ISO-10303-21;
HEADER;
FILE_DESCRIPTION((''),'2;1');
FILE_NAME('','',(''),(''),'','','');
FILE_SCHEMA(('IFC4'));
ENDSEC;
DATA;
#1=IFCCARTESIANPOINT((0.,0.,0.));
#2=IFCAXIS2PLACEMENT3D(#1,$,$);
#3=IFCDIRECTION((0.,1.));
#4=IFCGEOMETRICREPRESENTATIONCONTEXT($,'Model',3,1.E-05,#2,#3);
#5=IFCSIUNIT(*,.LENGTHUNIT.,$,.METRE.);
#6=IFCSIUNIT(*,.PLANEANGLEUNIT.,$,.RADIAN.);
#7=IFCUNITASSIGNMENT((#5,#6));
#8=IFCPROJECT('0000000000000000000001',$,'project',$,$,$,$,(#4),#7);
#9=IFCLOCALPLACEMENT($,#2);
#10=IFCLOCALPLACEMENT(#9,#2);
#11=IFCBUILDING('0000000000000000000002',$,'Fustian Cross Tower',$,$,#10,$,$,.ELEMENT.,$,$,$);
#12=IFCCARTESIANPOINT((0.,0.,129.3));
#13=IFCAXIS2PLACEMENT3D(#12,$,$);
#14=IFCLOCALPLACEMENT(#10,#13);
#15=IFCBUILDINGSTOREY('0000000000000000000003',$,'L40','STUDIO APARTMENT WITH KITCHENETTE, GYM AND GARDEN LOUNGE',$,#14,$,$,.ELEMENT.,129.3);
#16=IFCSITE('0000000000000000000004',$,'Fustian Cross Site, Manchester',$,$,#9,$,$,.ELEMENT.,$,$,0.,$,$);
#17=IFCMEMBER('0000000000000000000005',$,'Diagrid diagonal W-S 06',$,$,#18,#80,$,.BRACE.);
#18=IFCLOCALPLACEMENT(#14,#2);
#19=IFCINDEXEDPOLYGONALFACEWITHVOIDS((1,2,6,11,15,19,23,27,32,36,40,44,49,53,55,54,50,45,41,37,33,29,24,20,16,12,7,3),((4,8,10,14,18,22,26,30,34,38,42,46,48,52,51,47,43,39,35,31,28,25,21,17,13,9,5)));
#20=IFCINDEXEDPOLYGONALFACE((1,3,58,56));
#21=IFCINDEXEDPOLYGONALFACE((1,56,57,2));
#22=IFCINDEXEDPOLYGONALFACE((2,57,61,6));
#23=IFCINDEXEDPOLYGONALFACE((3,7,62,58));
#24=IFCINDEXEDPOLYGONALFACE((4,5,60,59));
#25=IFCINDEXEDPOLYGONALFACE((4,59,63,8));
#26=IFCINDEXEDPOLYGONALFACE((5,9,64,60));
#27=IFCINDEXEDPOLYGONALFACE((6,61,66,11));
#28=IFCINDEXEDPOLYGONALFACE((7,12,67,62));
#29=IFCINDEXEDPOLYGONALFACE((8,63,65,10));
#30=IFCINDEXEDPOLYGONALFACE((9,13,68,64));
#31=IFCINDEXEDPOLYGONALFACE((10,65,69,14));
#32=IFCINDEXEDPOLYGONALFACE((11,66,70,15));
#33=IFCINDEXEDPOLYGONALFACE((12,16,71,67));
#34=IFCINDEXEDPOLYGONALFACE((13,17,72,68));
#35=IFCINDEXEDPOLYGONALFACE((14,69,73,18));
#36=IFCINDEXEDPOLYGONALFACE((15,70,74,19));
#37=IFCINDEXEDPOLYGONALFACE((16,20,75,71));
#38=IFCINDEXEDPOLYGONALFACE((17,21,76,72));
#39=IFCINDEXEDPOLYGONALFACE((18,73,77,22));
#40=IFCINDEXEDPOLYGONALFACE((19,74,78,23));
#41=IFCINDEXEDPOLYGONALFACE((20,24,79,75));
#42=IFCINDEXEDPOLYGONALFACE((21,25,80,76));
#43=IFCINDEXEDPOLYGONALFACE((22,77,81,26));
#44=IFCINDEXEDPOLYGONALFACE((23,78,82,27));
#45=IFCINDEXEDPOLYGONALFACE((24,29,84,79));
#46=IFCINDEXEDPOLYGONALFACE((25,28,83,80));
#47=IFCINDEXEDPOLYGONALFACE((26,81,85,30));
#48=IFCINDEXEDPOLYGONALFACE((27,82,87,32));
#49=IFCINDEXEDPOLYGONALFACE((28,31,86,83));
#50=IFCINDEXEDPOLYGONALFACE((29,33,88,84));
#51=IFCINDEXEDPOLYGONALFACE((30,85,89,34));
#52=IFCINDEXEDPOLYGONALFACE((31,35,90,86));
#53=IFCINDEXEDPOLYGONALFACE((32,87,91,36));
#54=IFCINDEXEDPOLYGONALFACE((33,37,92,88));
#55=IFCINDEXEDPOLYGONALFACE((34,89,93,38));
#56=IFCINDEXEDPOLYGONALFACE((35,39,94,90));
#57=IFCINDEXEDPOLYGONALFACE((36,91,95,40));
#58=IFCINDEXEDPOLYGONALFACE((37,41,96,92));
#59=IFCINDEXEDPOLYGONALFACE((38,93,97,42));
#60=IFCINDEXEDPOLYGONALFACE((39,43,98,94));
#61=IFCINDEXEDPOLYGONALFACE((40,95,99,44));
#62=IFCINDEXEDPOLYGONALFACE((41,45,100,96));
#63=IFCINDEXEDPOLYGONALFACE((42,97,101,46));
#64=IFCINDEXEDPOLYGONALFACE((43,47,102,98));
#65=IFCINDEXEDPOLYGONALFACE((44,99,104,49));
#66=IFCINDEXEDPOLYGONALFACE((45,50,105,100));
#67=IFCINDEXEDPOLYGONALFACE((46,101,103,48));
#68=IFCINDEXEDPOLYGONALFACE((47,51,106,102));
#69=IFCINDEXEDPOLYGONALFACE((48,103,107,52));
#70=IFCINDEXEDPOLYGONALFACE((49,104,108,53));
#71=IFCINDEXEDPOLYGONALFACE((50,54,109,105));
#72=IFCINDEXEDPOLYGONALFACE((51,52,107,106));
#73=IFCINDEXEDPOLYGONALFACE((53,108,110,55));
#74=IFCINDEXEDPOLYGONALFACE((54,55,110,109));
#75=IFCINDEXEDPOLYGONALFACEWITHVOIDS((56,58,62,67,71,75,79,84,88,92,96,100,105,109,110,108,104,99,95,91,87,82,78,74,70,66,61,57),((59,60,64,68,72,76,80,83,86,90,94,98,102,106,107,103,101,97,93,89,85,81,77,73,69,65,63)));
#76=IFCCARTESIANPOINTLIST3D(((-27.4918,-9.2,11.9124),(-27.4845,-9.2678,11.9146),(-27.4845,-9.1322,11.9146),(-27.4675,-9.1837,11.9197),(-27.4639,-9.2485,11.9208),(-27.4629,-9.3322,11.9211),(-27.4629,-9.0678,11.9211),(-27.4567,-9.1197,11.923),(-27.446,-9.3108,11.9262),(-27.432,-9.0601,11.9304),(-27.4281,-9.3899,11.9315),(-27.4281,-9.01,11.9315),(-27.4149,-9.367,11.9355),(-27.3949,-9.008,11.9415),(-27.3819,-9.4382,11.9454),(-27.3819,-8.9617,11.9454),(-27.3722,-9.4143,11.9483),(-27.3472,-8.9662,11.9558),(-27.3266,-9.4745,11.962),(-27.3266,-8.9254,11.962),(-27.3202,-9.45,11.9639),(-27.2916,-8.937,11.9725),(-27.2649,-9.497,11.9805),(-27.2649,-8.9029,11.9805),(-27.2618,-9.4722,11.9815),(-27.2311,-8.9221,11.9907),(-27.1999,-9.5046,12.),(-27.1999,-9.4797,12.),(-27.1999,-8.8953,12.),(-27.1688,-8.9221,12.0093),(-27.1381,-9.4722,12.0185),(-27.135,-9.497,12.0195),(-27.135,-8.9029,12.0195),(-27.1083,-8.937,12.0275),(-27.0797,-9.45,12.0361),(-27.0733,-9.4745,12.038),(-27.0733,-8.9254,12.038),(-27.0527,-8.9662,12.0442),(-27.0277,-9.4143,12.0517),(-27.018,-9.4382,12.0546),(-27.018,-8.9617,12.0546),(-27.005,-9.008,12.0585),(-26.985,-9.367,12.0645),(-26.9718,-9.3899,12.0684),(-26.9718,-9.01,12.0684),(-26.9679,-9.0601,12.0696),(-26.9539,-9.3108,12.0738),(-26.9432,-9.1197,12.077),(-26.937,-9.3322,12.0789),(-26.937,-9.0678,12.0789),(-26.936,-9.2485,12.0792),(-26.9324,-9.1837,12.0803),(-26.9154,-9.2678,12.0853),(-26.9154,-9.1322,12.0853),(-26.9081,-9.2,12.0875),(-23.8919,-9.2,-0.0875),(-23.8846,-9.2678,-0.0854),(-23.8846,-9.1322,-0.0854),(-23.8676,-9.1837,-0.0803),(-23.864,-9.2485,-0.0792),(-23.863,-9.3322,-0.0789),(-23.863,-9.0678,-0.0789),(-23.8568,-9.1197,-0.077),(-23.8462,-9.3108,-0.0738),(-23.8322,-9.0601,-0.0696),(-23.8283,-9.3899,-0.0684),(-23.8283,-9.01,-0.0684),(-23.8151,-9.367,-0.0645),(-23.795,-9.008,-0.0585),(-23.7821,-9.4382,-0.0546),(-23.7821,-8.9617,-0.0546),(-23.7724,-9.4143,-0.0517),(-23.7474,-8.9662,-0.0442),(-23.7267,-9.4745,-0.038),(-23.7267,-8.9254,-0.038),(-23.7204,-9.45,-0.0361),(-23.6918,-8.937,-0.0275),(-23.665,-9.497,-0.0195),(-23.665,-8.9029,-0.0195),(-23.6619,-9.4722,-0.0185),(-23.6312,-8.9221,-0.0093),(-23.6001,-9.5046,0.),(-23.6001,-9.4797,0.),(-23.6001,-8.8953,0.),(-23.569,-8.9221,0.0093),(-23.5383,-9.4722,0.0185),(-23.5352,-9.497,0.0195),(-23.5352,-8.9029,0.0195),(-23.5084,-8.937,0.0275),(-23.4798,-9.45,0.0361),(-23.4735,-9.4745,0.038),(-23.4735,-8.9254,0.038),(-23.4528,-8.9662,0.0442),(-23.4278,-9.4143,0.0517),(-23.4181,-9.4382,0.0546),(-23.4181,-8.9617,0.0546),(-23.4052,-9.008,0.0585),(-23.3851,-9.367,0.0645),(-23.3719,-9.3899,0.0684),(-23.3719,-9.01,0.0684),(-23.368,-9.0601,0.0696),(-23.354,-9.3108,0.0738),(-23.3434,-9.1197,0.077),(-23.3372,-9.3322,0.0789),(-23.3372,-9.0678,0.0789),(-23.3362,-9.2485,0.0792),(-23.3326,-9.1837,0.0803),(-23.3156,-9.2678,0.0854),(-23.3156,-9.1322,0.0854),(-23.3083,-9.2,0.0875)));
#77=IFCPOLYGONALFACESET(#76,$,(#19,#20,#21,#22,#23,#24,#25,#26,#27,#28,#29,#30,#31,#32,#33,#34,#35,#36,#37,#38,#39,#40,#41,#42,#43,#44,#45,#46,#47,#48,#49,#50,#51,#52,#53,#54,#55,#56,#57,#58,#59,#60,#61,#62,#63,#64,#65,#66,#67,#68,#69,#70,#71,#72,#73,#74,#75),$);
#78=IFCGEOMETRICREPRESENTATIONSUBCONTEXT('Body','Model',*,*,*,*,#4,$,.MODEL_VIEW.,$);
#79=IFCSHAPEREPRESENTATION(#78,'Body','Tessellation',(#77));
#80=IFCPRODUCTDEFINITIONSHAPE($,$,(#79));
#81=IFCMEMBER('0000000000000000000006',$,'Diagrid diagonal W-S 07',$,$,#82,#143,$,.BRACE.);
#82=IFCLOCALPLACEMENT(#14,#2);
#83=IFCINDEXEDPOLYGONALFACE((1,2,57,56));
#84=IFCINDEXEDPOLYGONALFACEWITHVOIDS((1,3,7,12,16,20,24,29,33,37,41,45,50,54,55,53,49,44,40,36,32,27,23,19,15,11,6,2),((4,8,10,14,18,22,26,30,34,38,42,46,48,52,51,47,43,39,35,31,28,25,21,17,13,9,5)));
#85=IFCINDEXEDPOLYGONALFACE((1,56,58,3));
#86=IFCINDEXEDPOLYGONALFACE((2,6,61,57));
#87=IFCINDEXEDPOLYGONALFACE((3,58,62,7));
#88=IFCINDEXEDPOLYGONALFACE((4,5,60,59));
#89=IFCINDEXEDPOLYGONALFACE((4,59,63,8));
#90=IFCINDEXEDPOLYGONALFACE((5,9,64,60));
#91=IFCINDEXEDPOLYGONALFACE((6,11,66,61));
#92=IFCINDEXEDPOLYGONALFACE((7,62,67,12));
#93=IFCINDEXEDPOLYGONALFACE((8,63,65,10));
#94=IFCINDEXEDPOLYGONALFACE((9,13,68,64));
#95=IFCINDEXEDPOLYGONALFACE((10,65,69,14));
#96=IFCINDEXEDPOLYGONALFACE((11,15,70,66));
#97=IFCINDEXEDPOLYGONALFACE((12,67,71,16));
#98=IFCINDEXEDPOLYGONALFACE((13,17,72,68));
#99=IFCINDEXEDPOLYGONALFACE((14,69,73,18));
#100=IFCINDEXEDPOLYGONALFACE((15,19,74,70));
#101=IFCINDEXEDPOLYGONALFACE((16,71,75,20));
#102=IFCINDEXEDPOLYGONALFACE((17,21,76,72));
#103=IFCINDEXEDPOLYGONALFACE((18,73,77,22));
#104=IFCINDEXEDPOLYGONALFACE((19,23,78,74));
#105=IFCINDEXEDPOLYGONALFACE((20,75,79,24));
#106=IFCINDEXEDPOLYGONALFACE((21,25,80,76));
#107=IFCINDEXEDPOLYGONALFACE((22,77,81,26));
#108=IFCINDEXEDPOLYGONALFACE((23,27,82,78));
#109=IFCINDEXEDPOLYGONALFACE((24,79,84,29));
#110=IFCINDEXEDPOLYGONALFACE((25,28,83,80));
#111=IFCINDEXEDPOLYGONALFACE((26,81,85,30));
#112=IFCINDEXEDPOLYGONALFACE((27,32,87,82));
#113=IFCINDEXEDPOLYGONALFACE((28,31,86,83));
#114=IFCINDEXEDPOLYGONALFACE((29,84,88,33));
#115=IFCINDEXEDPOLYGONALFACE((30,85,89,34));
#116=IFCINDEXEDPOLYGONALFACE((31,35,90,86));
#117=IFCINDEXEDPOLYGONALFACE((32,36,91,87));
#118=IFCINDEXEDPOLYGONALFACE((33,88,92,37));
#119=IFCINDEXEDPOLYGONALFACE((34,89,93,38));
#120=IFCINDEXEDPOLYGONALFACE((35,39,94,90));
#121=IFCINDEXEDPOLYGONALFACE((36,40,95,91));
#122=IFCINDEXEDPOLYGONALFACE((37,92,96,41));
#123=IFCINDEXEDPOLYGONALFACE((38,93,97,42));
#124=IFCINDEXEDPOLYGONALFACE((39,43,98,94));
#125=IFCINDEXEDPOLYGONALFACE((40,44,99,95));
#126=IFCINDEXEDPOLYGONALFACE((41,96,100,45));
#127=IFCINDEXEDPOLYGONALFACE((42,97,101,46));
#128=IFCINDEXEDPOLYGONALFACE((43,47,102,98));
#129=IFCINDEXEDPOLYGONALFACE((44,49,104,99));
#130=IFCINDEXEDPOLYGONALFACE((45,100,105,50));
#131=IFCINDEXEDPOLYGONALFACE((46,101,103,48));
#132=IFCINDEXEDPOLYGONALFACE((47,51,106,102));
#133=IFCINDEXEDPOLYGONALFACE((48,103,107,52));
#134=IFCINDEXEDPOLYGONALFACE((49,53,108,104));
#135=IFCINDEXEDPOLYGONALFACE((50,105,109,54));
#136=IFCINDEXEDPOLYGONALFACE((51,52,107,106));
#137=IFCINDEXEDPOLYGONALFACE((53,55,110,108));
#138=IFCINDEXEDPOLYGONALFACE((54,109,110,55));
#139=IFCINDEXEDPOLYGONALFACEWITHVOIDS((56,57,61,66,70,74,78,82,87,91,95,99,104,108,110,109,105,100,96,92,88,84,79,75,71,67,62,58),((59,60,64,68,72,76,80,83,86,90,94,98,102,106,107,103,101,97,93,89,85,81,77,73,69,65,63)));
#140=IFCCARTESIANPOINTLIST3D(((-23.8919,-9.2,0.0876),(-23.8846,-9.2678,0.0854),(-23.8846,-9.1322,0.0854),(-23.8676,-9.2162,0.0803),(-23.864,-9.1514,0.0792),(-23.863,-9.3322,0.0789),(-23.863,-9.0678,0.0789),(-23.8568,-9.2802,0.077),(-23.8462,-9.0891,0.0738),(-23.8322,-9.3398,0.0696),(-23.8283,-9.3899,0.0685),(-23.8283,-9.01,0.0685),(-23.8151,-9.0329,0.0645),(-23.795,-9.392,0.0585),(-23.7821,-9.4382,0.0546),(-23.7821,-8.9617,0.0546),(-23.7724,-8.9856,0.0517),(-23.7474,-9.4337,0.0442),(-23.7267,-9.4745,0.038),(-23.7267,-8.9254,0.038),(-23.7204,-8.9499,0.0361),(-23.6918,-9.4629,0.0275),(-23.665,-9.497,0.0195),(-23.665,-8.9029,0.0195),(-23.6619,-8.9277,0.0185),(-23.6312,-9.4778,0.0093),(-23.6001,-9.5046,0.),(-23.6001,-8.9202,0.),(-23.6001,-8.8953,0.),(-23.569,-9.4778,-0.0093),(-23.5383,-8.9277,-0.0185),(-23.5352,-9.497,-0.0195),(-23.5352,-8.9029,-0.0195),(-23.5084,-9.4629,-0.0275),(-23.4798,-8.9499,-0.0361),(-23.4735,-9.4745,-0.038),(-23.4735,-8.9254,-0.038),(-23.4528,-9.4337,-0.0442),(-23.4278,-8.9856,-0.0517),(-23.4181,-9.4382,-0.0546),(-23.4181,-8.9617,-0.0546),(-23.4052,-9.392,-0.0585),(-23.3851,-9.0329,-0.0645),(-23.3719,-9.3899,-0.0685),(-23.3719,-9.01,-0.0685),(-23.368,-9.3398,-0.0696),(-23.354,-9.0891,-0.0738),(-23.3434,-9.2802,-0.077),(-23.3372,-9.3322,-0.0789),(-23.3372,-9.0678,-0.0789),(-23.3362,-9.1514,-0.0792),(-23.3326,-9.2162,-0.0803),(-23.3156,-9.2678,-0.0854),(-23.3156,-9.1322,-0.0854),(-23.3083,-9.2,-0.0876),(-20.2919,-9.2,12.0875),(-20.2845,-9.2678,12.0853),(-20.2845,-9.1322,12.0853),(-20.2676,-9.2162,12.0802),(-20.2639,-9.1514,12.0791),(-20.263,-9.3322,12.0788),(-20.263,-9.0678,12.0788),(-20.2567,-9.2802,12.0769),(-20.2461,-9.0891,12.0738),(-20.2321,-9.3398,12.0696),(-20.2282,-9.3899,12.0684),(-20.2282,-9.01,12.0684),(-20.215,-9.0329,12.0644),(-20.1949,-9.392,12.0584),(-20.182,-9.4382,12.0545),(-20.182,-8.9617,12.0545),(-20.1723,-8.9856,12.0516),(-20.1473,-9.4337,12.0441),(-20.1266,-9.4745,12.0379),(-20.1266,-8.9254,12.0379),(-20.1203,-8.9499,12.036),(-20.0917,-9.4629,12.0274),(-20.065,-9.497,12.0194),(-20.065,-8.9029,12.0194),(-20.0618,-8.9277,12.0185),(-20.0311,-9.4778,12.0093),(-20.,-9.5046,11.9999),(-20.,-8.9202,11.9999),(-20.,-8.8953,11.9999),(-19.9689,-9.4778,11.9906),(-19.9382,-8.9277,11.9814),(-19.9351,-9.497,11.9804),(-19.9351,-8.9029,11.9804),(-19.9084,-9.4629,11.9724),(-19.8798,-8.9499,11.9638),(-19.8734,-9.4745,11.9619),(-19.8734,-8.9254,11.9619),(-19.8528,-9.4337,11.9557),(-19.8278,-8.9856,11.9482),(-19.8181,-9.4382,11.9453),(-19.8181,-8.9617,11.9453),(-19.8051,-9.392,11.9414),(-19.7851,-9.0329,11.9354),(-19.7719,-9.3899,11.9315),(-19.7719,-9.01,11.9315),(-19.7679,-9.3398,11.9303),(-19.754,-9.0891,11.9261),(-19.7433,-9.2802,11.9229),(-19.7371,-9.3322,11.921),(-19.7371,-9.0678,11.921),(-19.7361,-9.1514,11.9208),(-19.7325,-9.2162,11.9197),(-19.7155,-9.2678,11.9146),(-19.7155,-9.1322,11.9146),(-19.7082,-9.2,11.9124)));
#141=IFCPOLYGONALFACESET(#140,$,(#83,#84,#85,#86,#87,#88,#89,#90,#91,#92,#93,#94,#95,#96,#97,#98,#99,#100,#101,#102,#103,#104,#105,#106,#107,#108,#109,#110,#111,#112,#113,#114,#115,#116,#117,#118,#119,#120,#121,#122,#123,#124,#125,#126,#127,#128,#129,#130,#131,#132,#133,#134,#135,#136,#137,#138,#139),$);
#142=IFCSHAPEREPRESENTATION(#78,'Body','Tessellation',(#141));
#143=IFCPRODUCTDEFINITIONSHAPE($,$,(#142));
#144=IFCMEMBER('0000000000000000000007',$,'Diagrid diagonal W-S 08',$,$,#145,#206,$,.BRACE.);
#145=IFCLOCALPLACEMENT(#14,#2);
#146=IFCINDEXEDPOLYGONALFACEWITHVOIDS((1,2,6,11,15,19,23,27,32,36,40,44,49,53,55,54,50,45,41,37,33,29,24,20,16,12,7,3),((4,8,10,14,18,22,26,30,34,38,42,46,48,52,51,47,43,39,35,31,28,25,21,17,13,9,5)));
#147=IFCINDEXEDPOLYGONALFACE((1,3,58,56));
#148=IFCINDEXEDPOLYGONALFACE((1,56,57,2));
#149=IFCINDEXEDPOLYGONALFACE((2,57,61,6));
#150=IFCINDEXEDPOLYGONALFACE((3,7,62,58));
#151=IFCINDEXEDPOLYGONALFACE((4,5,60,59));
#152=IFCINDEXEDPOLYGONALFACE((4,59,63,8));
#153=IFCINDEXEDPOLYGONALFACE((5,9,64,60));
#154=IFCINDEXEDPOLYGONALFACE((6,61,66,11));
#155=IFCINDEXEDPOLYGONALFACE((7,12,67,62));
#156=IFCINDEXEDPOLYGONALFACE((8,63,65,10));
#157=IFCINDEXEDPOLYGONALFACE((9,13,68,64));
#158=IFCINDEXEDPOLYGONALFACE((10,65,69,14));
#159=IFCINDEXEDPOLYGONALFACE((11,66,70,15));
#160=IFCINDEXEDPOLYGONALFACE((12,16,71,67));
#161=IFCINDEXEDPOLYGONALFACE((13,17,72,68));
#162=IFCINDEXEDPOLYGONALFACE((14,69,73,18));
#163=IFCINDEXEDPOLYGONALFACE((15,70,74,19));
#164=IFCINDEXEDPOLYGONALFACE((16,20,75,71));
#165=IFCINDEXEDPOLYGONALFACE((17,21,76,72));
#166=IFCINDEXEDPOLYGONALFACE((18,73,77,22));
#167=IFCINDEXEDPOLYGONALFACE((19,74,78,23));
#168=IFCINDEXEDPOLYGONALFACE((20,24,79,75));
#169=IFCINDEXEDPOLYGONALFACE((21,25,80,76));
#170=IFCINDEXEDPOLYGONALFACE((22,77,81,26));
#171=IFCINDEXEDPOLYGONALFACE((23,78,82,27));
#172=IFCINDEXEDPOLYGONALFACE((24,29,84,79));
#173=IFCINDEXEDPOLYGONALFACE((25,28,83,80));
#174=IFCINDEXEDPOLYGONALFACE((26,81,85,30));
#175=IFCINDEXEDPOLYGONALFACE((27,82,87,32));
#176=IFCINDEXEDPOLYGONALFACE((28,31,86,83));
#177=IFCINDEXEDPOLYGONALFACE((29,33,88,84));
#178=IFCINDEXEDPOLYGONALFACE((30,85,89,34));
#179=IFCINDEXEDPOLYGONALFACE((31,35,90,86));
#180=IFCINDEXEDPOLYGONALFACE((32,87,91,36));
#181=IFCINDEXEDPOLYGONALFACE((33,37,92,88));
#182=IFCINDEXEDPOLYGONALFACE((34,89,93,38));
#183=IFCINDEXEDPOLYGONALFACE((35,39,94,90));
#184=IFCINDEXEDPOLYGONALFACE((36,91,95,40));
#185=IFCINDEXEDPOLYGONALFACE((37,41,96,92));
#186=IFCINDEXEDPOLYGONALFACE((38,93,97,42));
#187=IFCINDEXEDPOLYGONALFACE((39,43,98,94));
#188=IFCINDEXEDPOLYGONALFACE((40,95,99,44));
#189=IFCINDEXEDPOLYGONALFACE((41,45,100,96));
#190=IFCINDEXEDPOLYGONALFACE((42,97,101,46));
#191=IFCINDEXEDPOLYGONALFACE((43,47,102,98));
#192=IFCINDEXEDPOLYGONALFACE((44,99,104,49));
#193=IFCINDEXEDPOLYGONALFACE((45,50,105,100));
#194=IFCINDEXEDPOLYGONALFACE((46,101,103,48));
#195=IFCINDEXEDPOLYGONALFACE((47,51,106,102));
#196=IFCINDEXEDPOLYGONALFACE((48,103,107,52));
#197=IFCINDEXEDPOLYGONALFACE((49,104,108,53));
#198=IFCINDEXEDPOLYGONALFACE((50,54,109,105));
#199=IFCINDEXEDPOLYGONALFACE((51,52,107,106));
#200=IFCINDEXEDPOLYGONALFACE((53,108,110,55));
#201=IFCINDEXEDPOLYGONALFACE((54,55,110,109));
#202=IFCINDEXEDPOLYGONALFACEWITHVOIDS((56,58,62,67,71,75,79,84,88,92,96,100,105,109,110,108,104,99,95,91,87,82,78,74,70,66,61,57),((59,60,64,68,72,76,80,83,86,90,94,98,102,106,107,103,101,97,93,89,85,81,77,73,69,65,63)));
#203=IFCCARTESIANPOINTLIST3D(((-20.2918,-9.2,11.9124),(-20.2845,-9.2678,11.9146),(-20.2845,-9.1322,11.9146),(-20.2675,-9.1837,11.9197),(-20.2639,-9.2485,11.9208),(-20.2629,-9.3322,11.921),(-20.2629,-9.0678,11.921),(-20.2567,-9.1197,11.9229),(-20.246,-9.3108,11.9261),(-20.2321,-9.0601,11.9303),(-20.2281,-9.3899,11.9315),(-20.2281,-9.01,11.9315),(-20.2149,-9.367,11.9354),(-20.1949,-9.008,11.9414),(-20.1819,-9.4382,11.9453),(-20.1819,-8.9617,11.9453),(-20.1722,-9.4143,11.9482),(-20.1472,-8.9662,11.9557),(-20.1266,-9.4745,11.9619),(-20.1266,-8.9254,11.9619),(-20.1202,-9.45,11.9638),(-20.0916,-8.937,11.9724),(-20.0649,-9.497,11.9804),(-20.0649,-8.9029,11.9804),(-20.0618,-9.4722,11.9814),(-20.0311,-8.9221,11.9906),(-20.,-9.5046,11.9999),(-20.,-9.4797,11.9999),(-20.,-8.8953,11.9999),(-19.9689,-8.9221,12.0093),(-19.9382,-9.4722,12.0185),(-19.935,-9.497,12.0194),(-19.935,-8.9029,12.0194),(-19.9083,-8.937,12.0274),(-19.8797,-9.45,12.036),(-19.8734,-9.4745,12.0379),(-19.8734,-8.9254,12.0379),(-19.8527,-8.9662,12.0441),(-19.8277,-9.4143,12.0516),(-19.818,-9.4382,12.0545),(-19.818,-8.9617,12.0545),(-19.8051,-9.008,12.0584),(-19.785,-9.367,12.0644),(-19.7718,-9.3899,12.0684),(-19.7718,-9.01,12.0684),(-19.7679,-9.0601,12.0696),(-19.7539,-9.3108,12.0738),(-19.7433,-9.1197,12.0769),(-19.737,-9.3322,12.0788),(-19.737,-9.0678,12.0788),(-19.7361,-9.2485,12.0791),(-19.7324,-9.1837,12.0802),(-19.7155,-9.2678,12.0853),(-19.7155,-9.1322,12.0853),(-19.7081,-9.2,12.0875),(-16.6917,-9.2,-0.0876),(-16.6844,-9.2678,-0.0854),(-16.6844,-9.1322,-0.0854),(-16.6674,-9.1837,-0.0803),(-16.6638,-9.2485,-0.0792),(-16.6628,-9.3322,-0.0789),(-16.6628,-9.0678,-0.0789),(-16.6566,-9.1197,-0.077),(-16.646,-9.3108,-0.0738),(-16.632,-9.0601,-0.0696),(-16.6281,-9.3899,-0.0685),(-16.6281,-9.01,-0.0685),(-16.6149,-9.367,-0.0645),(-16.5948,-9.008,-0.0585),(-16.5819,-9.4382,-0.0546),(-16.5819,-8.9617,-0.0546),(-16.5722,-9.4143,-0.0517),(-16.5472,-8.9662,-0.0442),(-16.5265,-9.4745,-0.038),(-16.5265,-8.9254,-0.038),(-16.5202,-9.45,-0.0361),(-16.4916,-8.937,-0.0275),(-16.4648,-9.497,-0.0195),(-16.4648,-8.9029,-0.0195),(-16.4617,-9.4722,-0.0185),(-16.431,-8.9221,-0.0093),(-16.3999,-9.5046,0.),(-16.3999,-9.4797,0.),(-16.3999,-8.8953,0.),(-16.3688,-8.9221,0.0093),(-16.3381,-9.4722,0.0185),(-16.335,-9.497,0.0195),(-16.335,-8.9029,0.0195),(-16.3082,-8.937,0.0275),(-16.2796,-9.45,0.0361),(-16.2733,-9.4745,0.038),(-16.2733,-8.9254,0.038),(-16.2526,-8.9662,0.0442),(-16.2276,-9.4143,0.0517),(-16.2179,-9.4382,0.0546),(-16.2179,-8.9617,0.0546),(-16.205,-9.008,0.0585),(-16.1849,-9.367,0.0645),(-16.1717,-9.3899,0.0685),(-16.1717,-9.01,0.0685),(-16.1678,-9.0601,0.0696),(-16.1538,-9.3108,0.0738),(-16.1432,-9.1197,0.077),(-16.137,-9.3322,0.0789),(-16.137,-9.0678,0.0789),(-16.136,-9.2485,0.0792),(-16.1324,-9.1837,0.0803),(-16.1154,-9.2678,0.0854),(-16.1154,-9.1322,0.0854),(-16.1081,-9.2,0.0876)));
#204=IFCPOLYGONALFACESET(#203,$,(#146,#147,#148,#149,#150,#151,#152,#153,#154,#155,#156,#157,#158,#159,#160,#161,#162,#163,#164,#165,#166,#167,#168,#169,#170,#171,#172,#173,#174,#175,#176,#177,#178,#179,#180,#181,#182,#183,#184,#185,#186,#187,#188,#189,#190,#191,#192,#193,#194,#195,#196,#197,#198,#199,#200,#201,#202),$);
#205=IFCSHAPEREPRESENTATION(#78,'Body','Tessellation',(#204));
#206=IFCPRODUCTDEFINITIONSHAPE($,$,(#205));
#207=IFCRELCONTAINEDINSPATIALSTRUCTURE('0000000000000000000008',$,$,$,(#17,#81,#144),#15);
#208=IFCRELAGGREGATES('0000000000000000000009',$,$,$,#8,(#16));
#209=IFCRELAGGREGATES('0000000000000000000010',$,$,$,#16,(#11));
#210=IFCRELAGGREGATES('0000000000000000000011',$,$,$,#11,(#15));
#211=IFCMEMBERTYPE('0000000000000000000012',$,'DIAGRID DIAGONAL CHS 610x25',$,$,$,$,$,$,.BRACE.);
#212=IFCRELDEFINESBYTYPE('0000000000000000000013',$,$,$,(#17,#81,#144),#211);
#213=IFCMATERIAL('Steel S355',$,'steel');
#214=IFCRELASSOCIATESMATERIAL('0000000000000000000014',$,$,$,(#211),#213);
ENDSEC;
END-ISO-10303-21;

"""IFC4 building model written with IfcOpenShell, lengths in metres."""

from ifc_helpers import new_model, si_unit, direction, frame, origin, origin_2d, place, context, subcontext, project, spatial, hollow_circle, extrude, material, material_profile, profile_set, type_object, element, save


model = new_model("IFC4")

# Units and contexts
model_context = context("Model", 3, precision=1e-05, world=origin(), true_north=direction((0.0, 1.0)))
body_context = subcontext(model_context, "Body", "Model", "MODEL_VIEW")
ifc_project = project(units=[si_unit("LENGTHUNIT", "METRE"), si_unit("PLANEANGLEUNIT", "RADIAN")], contexts=[model_context])

# Site, building, storey
site_placement = place(None, origin())
site = spatial("IfcSite", under=ifc_project, at=site_placement, Name="Fustian Cross Site, Manchester", CompositionType="ELEMENT", RefElevation=0.0)
building_placement = place(site_placement, origin())
building = spatial("IfcBuilding", under=site, at=building_placement, Name="Fustian Cross Tower", CompositionType="ELEMENT")
storey_placement = place(building_placement, frame((0.0, 0.0, 129.3)))
storey = spatial("IfcBuildingStorey", under=building, at=storey_placement, Name="L40", Description="STUDIO APARTMENT WITH KITCHENETTE, GYM AND GARDEN LOUNGE", CompositionType="ELEMENT", Elevation=129.3)

# Members
ifc_material_1 = material(Name="Steel S355", Category="steel")
ifc_material_profile_1 = material_profile(ifc_material_1, hollow_circle(Radius=0.3047, WallThickness=0.0249, at=origin_2d()), Name="CHS 610x25")
ifc_profile_set_1 = profile_set([ifc_material_profile_1], Name="Steel S355")
member_type = type_object("IfcMemberType", Name="DIAGRID DIAGONAL CHS 610x25", PredefinedType="BRACE", material=ifc_profile_set_1)
for number, where, z_axis, x_axis, name in (
    (1, (-23.6001, -9.2, 0.0), (-0.287337, 0.0, 0.95783), (0.0, -1.0, 0.0), "Diagrid diagonal W-S 06"),
    (2, (-23.6001, -9.2, 0.0), (0.287355, 0.0, 0.957824), (0.0, 1.0, 0.0), "Diagrid diagonal W-S 07"),
    (3, (-16.3999, -9.2, 0.0), (-0.287355, 0.0, 0.957824), (0.0, -1.0, 0.0), "Diagrid diagonal W-S 08"),
):
    element("IfcMember", number, at=place(storey_placement, frame(where, z_axis=z_axis, x_axis=x_axis)), inside=storey, type_object=member_type, Name=name, PredefinedType="BRACE", context=body_context, shape_type="SweptSolid", body=[
        extrude(hollow_circle(Radius=0.3047, WallThickness=0.0249, at=origin_2d()), origin(), (0.0, 0.0, 1.0), 12.5283),
    ])

save(model, "model.ifc")
